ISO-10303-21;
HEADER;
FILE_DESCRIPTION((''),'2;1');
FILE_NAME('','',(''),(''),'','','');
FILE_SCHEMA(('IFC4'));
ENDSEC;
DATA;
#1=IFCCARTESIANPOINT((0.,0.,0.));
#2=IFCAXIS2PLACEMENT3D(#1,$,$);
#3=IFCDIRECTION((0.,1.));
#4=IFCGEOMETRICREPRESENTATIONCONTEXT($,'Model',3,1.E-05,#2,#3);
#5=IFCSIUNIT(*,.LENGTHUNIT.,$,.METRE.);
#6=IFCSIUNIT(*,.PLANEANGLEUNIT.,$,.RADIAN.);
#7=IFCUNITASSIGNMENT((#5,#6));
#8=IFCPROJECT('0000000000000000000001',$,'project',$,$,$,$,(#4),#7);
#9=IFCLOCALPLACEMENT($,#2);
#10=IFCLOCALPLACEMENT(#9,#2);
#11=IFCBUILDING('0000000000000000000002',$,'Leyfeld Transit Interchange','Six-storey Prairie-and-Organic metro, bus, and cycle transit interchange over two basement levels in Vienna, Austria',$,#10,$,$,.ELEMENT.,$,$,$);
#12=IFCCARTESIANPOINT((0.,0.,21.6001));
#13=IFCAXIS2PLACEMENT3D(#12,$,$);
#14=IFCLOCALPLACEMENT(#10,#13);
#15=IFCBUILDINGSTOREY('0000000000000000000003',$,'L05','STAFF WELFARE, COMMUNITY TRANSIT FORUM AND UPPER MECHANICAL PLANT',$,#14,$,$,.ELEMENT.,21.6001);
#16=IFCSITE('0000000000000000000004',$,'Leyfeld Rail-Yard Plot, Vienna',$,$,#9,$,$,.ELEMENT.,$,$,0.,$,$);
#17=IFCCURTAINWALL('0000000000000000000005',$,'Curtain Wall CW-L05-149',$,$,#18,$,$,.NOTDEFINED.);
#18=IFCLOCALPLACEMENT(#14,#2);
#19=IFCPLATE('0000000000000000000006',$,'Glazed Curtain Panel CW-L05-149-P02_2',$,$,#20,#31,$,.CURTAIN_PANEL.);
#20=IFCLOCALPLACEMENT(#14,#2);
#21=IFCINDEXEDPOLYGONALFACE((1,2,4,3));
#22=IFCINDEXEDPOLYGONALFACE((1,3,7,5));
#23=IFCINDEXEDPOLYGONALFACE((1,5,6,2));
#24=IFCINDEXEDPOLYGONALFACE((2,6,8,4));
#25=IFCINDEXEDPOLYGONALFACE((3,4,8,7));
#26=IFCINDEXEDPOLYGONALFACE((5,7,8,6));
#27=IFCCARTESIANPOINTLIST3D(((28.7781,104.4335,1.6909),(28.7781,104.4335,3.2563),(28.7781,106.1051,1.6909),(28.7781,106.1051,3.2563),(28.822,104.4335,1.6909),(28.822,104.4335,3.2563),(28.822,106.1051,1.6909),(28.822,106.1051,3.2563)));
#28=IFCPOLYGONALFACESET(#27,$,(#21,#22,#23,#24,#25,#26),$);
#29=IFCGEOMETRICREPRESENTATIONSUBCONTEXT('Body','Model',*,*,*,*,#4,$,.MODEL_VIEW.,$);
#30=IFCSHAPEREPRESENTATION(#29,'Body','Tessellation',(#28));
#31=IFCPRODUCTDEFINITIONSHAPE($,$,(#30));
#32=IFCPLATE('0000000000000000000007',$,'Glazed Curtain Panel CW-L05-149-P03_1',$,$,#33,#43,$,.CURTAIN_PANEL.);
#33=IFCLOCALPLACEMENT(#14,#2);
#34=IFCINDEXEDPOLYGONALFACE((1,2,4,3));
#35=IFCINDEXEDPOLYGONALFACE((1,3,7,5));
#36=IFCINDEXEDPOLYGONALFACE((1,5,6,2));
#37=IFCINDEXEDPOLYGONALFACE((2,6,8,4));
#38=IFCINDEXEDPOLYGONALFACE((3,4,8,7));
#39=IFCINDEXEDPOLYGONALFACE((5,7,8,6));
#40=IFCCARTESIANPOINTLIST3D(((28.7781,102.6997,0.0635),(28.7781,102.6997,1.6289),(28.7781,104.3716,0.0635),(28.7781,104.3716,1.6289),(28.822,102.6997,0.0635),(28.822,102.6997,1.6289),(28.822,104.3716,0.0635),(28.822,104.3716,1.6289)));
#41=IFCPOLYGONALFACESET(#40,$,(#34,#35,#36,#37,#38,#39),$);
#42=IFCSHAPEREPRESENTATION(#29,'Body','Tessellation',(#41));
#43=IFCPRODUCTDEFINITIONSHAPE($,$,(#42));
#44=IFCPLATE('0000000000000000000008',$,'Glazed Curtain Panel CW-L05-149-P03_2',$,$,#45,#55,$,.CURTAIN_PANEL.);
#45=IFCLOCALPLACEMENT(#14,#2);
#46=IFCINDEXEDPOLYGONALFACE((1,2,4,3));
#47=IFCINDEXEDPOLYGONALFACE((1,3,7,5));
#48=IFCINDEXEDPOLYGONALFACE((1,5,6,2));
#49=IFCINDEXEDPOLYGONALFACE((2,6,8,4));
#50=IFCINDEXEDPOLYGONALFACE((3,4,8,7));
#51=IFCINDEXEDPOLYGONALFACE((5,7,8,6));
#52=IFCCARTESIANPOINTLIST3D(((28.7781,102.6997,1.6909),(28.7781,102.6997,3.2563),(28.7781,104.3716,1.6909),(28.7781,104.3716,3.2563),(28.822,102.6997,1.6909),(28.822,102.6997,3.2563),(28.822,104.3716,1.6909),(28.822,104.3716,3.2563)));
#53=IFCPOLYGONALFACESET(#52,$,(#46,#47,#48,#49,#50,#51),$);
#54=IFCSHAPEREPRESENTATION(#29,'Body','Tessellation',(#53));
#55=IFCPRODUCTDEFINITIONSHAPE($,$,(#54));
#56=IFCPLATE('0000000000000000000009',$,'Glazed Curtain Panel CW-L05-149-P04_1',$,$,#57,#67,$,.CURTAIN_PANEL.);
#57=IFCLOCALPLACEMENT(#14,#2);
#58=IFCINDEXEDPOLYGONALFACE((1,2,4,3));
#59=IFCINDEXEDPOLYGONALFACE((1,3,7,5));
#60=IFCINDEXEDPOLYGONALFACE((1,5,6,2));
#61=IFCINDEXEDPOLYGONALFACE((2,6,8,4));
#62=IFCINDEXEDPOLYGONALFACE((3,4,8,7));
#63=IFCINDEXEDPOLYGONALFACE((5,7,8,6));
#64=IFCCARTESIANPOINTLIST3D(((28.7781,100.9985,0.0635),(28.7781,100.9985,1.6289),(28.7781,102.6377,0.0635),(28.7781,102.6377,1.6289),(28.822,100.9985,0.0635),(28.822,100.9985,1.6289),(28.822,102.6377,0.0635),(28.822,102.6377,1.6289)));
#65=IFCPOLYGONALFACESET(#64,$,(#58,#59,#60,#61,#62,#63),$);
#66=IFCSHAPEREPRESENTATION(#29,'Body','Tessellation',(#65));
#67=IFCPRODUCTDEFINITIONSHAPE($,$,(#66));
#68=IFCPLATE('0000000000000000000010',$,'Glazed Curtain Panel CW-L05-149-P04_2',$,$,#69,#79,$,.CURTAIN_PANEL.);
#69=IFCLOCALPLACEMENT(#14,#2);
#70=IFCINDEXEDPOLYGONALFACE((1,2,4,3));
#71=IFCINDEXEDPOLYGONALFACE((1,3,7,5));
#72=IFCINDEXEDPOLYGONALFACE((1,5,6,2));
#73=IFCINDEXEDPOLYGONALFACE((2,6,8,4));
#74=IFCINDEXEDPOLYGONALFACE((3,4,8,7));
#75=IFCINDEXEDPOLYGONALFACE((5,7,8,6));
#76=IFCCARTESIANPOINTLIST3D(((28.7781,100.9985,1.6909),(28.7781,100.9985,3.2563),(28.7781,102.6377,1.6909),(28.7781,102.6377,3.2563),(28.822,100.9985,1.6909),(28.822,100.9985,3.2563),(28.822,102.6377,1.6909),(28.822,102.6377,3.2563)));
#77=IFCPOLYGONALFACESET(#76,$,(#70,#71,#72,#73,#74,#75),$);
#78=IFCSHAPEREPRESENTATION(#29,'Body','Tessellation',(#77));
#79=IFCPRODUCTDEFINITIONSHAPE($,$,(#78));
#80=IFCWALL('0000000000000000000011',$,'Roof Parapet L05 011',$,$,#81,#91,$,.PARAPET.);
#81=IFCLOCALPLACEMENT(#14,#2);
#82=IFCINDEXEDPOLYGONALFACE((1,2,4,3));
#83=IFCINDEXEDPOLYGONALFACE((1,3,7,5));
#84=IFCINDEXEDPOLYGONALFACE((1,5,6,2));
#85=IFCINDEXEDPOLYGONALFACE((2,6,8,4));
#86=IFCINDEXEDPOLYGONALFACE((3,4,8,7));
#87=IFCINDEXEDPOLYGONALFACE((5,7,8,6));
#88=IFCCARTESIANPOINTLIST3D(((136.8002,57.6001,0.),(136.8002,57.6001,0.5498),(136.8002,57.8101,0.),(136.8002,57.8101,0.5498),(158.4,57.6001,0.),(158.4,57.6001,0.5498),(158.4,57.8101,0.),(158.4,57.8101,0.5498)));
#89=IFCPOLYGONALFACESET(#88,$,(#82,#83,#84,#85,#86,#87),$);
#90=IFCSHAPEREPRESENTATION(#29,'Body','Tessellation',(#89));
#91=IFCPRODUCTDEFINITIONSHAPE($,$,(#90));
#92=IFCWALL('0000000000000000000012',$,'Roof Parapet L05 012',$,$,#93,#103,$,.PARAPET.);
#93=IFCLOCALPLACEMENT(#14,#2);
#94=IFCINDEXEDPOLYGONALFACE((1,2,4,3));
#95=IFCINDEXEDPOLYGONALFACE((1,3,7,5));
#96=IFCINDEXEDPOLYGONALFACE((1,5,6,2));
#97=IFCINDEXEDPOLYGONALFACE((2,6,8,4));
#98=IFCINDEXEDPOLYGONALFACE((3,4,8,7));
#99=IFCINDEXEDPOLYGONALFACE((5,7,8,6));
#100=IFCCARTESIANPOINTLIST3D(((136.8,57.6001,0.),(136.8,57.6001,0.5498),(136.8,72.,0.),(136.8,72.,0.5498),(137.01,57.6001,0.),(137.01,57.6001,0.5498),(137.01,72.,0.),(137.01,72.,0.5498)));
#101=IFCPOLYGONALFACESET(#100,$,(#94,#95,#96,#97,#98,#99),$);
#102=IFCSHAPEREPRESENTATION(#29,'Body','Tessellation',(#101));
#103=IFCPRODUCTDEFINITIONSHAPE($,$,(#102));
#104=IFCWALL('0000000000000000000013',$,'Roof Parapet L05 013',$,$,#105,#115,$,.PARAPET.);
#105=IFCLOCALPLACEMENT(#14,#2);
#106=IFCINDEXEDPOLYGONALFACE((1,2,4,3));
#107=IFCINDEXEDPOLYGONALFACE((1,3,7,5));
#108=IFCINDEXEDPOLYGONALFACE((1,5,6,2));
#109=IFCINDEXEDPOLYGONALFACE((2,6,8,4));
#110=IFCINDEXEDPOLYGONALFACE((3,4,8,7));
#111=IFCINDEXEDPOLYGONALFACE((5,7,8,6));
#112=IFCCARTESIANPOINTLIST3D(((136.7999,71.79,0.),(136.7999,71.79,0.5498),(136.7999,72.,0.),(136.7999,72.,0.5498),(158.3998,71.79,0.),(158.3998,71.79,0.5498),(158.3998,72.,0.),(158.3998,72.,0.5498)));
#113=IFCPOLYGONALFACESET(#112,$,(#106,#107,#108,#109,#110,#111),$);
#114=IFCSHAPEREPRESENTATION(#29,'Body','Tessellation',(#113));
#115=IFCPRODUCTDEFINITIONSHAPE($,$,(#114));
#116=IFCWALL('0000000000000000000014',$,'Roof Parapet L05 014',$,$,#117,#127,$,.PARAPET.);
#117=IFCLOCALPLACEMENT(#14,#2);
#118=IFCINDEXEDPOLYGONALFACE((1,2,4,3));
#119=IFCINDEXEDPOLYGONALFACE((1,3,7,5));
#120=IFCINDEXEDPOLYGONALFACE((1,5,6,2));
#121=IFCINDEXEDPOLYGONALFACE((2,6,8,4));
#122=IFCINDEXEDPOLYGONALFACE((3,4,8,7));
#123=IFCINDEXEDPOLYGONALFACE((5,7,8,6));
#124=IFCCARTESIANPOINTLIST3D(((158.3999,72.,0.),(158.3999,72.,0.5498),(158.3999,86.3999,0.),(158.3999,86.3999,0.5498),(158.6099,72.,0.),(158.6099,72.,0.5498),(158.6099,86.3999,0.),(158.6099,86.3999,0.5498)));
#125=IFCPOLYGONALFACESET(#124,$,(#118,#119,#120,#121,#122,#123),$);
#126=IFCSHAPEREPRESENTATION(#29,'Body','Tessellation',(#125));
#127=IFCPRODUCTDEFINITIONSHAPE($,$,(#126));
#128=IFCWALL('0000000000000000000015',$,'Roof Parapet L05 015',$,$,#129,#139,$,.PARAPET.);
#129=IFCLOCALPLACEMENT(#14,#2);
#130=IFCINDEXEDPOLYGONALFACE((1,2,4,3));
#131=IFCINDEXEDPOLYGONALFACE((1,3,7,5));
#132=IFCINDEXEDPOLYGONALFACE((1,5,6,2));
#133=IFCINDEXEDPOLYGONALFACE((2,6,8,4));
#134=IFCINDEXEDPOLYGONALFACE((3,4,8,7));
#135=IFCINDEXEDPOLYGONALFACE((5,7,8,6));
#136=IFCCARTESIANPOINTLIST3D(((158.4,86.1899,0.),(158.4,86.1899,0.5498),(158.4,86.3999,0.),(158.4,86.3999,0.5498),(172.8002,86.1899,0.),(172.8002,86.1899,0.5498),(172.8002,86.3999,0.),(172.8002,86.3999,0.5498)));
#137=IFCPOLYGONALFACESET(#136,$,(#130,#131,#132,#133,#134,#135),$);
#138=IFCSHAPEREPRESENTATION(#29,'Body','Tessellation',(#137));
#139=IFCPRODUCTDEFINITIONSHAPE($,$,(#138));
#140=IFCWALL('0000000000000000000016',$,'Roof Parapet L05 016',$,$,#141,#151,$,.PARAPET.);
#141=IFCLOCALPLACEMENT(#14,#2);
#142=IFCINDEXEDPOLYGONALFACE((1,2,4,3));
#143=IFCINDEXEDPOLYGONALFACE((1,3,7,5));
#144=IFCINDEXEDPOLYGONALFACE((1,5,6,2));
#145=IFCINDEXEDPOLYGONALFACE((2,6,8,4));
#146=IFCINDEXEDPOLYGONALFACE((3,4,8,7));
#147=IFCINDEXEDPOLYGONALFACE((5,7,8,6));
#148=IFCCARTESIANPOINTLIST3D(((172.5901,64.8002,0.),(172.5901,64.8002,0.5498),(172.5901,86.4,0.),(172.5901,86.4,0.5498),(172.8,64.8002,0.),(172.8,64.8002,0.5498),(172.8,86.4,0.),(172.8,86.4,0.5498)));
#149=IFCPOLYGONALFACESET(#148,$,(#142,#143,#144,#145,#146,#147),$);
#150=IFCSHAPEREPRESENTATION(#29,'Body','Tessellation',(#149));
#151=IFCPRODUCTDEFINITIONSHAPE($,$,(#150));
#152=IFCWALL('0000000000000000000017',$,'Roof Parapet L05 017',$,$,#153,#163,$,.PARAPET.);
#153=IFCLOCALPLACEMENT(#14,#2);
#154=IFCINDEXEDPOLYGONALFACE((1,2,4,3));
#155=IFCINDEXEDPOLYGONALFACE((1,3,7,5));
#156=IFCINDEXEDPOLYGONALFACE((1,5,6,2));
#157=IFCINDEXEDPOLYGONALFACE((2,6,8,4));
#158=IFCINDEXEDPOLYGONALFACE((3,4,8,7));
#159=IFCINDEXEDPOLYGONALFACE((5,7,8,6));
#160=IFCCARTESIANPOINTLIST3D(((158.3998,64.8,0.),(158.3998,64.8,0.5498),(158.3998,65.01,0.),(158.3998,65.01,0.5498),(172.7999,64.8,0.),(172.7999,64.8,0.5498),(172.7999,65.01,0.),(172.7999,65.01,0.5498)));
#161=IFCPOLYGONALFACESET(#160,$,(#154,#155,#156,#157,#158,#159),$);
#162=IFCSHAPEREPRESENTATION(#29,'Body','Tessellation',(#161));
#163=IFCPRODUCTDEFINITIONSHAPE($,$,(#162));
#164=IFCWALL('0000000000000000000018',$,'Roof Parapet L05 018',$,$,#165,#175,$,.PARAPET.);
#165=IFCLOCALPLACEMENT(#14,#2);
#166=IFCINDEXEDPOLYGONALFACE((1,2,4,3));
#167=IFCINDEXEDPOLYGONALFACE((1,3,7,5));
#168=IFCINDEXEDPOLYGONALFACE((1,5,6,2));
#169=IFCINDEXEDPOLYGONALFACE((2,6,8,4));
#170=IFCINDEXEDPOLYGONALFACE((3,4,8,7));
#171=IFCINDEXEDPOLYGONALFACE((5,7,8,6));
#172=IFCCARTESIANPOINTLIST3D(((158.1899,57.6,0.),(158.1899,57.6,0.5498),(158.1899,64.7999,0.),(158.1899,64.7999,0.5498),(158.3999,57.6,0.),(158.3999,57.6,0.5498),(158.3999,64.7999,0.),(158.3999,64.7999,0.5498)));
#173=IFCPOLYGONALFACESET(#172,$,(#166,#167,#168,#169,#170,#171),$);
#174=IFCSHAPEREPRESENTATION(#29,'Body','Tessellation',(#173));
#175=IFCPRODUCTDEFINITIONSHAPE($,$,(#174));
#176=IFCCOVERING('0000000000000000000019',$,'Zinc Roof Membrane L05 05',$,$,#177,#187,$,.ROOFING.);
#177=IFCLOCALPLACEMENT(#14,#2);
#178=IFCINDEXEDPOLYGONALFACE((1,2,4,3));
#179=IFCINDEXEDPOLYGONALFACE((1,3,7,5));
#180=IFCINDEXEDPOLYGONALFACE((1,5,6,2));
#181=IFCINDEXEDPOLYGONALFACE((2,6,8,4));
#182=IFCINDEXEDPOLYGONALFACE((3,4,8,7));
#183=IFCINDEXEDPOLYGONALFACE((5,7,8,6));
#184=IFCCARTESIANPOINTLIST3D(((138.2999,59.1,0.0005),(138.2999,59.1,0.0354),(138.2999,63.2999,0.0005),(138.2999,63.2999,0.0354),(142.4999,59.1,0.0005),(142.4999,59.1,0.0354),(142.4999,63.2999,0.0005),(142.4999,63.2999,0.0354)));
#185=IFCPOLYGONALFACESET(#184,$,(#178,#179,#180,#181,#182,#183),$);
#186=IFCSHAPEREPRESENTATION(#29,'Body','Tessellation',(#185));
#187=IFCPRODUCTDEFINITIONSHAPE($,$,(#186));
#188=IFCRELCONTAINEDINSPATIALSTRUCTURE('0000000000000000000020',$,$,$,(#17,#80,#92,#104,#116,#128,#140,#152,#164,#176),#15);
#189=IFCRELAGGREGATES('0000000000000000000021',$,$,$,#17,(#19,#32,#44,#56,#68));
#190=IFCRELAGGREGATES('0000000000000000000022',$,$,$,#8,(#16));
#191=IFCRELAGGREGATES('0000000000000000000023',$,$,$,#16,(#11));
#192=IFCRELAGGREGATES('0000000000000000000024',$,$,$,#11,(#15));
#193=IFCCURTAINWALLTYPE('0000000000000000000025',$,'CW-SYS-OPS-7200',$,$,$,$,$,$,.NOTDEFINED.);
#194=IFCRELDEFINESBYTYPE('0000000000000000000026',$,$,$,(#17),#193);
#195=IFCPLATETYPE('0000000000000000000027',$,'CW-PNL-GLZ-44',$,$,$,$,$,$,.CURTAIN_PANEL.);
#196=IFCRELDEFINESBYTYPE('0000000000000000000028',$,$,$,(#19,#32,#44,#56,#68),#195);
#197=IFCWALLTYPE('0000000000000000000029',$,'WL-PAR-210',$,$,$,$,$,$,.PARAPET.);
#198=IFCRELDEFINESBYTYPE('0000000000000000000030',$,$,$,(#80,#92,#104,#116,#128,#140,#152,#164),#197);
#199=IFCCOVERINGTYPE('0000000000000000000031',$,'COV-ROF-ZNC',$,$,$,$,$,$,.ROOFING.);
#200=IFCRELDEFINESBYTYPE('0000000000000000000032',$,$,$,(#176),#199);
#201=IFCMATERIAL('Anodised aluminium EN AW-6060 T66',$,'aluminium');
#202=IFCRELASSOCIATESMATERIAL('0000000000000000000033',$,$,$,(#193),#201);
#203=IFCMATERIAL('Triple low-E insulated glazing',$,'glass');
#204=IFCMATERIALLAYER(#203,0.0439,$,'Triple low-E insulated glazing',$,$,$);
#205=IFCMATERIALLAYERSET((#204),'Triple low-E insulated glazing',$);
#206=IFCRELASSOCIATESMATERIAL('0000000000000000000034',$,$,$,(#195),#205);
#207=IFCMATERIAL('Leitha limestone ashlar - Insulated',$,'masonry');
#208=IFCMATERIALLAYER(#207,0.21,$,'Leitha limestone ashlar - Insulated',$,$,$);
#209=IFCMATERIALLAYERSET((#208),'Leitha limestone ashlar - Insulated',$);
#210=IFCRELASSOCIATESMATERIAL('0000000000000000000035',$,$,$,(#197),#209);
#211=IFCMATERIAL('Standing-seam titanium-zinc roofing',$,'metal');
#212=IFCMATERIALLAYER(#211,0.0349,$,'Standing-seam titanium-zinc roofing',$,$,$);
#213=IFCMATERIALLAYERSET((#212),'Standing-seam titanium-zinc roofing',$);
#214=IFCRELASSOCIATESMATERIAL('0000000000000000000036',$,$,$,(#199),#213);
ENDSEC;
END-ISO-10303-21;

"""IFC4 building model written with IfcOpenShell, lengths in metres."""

from ifc_helpers import new_model, si_unit, direction, frame, frame_2d, origin, origin_2d, place, context, subcontext, project, spatial, rectangle, extrude, material, layer, layer_set, type_object, element, aggregate, save


model = new_model("IFC4")

# Units and contexts
model_context = context("Model", 3, precision=1e-05, world=origin(), true_north=direction((0.0, 1.0)))
body_context = subcontext(model_context, "Body", "Model", "MODEL_VIEW")
ifc_project = project(units=[si_unit("LENGTHUNIT", "METRE"), si_unit("PLANEANGLEUNIT", "RADIAN")], contexts=[model_context])

# Site, building, storey
site_placement = place(None, origin())
site = spatial("IfcSite", under=ifc_project, at=site_placement, Name="Leyfeld Rail-Yard Plot, Vienna", CompositionType="ELEMENT", RefElevation=0.0)
building_placement = place(site_placement, origin())
building = spatial("IfcBuilding", under=site, at=building_placement, Name="Leyfeld Transit Interchange", Description="Six-storey Prairie-and-Organic metro, bus, and cycle transit interchange over two basement levels in Vienna, Austria", CompositionType="ELEMENT")
storey_placement = place(building_placement, frame((0.0, 0.0, 21.6001)))
storey = spatial("IfcBuildingStorey", under=building, at=storey_placement, Name="L05", Description="STAFF WELFARE, COMMUNITY TRANSIT FORUM AND UPPER MECHANICAL PLANT", CompositionType="ELEMENT", Elevation=21.6001)

# Curtain wall
ifc_material_1 = material(Name="Anodised aluminium EN AW-6060 T66", Category="aluminium")
curtain_wall_type = type_object("IfcCurtainWallType", Name="CW-SYS-OPS-7200", PredefinedType="NOTDEFINED", material=ifc_material_1)
curtain_wall_1_placement = place(storey_placement, origin())
curtain_wall_1 = element("IfcCurtainWall", 1, at=curtain_wall_1_placement, inside=storey, type_object=curtain_wall_type, Name="Curtain Wall CW-L05-149", PredefinedType="NOTDEFINED")

# Shared definitions
ifc_material_2 = material(Name="Triple low-E insulated glazing", Category="glass")
ifc_layer_1 = layer(ifc_material_2, 0.0439, Name="Triple low-E insulated glazing")
ifc_layer_set_1 = layer_set([ifc_layer_1], Name="Triple low-E insulated glazing")
plate_type = type_object("IfcPlateType", Name="CW-PNL-GLZ-44", PredefinedType="CURTAIN_PANEL", material=ifc_layer_set_1)

# Plates
plate_1_placement = place(storey_placement, frame((28.8, 105.2693, 1.6909), z_axis=(0.0, 0.0, 1.0), x_axis=(0.0, -1.0, 0.0)))
plate_1 = element("IfcPlate", 2, at=plate_1_placement, type_object=plate_type, Name="Glazed Curtain Panel CW-L05-149-P02_2", PredefinedType="CURTAIN_PANEL", context=body_context, shape_type="SweptSolid", body=[
    extrude(rectangle(XDim=1.6716, YDim=0.0439, at=origin_2d()), origin(), (0.0, 0.0, 1.0), 1.5654),
])
plate_2_placement = place(storey_placement, frame((28.8, 103.5356, 0.0635), z_axis=(0.0, 0.0, 1.0), x_axis=(0.0, -1.0, 0.0)))
plate_2 = element("IfcPlate", 3, at=plate_2_placement, type_object=plate_type, Name="Glazed Curtain Panel CW-L05-149-P03_1", PredefinedType="CURTAIN_PANEL", context=body_context, shape_type="SweptSolid", body=[
    extrude(rectangle(XDim=1.6719, YDim=0.0439, at=origin_2d()), origin(), (0.0, 0.0, 1.0), 1.5654),
])
plate_3_placement = place(storey_placement, frame((28.8, 103.5356, 1.6909), z_axis=(0.0, 0.0, 1.0), x_axis=(0.0, -1.0, 0.0)))
plate_3 = element("IfcPlate", 4, at=plate_3_placement, type_object=plate_type, Name="Glazed Curtain Panel CW-L05-149-P03_2", PredefinedType="CURTAIN_PANEL", context=body_context, shape_type="SweptSolid", body=[
    extrude(rectangle(XDim=1.6719, YDim=0.0439, at=origin_2d()), origin(), (0.0, 0.0, 1.0), 1.5654),
])
plate_4_placement = place(storey_placement, frame((28.8, 101.8181, 0.0635), z_axis=(0.0, 0.0, 1.0), x_axis=(0.0, -1.0, 0.0)))
plate_4 = element("IfcPlate", 5, at=plate_4_placement, type_object=plate_type, Name="Glazed Curtain Panel CW-L05-149-P04_1", PredefinedType="CURTAIN_PANEL", context=body_context, shape_type="SweptSolid", body=[
    extrude(rectangle(XDim=1.6392, YDim=0.0439, at=origin_2d()), origin(), (0.0, 0.0, 1.0), 1.5654),
])
plate_5_placement = place(storey_placement, frame((28.8, 101.8181, 1.6909), z_axis=(0.0, 0.0, 1.0), x_axis=(0.0, -1.0, 0.0)))
plate_5 = element("IfcPlate", 6, at=plate_5_placement, type_object=plate_type, Name="Glazed Curtain Panel CW-L05-149-P04_2", PredefinedType="CURTAIN_PANEL", context=body_context, shape_type="SweptSolid", body=[
    extrude(rectangle(XDim=1.6392, YDim=0.0439, at=origin_2d()), origin(), (0.0, 0.0, 1.0), 1.5654),
])
aggregate(curtain_wall_1, [plate_1, plate_2, plate_3, plate_4, plate_5])

# Walls
ifc_material_3 = material(Name="Leitha limestone ashlar - Insulated", Category="masonry")
ifc_layer_2 = layer(ifc_material_3, 0.21, Name="Leitha limestone ashlar - Insulated")
ifc_layer_set_2 = layer_set([ifc_layer_2], Name="Leitha limestone ashlar - Insulated")
wall_type = type_object("IfcWallType", Name="WL-PAR-210", PredefinedType="PARAPET", material=ifc_layer_set_2)
wall_1_placement = place(storey_placement, frame((158.3999, 57.7051, 0.0), z_axis=(0.0, 0.0, 1.0), x_axis=(-1.0, 0.0, 0.0)))
element("IfcWall", 7, at=wall_1_placement, inside=storey, type_object=wall_type, Name="Roof Parapet L05 011", PredefinedType="PARAPET", context=body_context, shape_type="SweptSolid", body=[
    extrude(rectangle(XDim=21.5999, YDim=0.21, at=frame_2d((10.7998, 0.0))), origin(), (0.0, 0.0, 1.0), 0.5498),
])
wall_2_placement = place(storey_placement, frame((136.905, 57.6001, 0.0), z_axis=(0.0, 0.0, 1.0), x_axis=(0.0, 1.0, 0.0)))
element("IfcWall", 8, at=wall_2_placement, inside=storey, type_object=wall_type, Name="Roof Parapet L05 012", PredefinedType="PARAPET", context=body_context, shape_type="SweptSolid", body=[
    extrude(rectangle(XDim=14.3999, YDim=0.21, at=frame_2d((7.2, 0.0))), origin(), (0.0, 0.0, 1.0), 0.5498),
])
wall_3_placement = place(storey_placement, frame((136.8, 71.895, 0.0), z_axis=(0.0, 0.0, 1.0), x_axis=(1.0, 0.0, 0.0)))
element("IfcWall", 9, at=wall_3_placement, inside=storey, type_object=wall_type, Name="Roof Parapet L05 013", PredefinedType="PARAPET", context=body_context, shape_type="SweptSolid", body=[
    extrude(rectangle(XDim=21.5999, YDim=0.21, at=frame_2d((10.7998, 0.0))), origin(), (0.0, 0.0, 1.0), 0.5498),
])
wall_4_placement = place(storey_placement, frame((158.5049, 72.0, 0.0), z_axis=(0.0, 0.0, 1.0), x_axis=(0.0, 1.0, 0.0)))
element("IfcWall", 10, at=wall_4_placement, inside=storey, type_object=wall_type, Name="Roof Parapet L05 014", PredefinedType="PARAPET", context=body_context, shape_type="SweptSolid", body=[
    extrude(rectangle(XDim=14.3999, YDim=0.21, at=frame_2d((7.2, 0.0))), origin(), (0.0, 0.0, 1.0), 0.5498),
])
wall_5_placement = place(storey_placement, frame((158.3999, 86.2949, 0.0), z_axis=(0.0, 0.0, 1.0), x_axis=(1.0, 0.0, 0.0)))
element("IfcWall", 11, at=wall_5_placement, inside=storey, type_object=wall_type, Name="Roof Parapet L05 015", PredefinedType="PARAPET", context=body_context, shape_type="SweptSolid", body=[
    extrude(rectangle(XDim=14.4001, YDim=0.21, at=frame_2d((7.2002, 0.0))), origin(), (0.0, 0.0, 1.0), 0.5498),
])
wall_6_placement = place(storey_placement, frame((172.6951, 86.3999, 0.0), z_axis=(0.0, 0.0, 1.0), x_axis=(0.0, -1.0, 0.0)))
element("IfcWall", 12, at=wall_6_placement, inside=storey, type_object=wall_type, Name="Roof Parapet L05 016", PredefinedType="PARAPET", context=body_context, shape_type="SweptSolid", body=[
    extrude(rectangle(XDim=21.5999, YDim=0.21, at=frame_2d((10.7998, 0.0))), origin(), (0.0, 0.0, 1.0), 0.5498),
])
wall_7_placement = place(storey_placement, frame((172.8, 64.905, 0.0), z_axis=(0.0, 0.0, 1.0), x_axis=(-1.0, 0.0, 0.0)))
element("IfcWall", 13, at=wall_7_placement, inside=storey, type_object=wall_type, Name="Roof Parapet L05 017", PredefinedType="PARAPET", context=body_context, shape_type="SweptSolid", body=[
    extrude(rectangle(XDim=14.4001, YDim=0.21, at=frame_2d((7.2002, 0.0))), origin(), (0.0, 0.0, 1.0), 0.5498),
])
wall_8_placement = place(storey_placement, frame((158.2949, 64.8, 0.0), z_axis=(0.0, 0.0, 1.0), x_axis=(0.0, -1.0, 0.0)))
element("IfcWall", 14, at=wall_8_placement, inside=storey, type_object=wall_type, Name="Roof Parapet L05 018", PredefinedType="PARAPET", context=body_context, shape_type="SweptSolid", body=[
    extrude(rectangle(XDim=7.2, YDim=0.21, at=frame_2d((3.6001, 0.0))), origin(), (0.0, 0.0, 1.0), 0.5498),
])

# Covering
ifc_material_4 = material(Name="Standing-seam titanium-zinc roofing", Category="metal")
ifc_layer_3 = layer(ifc_material_4, 0.0349, Name="Standing-seam titanium-zinc roofing")
ifc_layer_set_3 = layer_set([ifc_layer_3], Name="Standing-seam titanium-zinc roofing")
covering_type = type_object("IfcCoveringType", Name="COV-ROF-ZNC", PredefinedType="ROOFING", material=ifc_layer_set_3)
covering_placement = place(storey_placement, frame((140.3999, 61.2, 0.0005), z_axis=(0.0, 0.0, 1.0), x_axis=(1.0, 0.0, 0.0)))
element("IfcCovering", 15, at=covering_placement, inside=storey, type_object=covering_type, Name="Zinc Roof Membrane L05 05", PredefinedType="ROOFING", context=body_context, shape_type="SweptSolid", body=[
    extrude(rectangle(XDim=4.2, YDim=4.2, at=origin_2d()), origin(), (0.0, 0.0, 1.0), 0.0349),
])

save(model, "model.ifc")
